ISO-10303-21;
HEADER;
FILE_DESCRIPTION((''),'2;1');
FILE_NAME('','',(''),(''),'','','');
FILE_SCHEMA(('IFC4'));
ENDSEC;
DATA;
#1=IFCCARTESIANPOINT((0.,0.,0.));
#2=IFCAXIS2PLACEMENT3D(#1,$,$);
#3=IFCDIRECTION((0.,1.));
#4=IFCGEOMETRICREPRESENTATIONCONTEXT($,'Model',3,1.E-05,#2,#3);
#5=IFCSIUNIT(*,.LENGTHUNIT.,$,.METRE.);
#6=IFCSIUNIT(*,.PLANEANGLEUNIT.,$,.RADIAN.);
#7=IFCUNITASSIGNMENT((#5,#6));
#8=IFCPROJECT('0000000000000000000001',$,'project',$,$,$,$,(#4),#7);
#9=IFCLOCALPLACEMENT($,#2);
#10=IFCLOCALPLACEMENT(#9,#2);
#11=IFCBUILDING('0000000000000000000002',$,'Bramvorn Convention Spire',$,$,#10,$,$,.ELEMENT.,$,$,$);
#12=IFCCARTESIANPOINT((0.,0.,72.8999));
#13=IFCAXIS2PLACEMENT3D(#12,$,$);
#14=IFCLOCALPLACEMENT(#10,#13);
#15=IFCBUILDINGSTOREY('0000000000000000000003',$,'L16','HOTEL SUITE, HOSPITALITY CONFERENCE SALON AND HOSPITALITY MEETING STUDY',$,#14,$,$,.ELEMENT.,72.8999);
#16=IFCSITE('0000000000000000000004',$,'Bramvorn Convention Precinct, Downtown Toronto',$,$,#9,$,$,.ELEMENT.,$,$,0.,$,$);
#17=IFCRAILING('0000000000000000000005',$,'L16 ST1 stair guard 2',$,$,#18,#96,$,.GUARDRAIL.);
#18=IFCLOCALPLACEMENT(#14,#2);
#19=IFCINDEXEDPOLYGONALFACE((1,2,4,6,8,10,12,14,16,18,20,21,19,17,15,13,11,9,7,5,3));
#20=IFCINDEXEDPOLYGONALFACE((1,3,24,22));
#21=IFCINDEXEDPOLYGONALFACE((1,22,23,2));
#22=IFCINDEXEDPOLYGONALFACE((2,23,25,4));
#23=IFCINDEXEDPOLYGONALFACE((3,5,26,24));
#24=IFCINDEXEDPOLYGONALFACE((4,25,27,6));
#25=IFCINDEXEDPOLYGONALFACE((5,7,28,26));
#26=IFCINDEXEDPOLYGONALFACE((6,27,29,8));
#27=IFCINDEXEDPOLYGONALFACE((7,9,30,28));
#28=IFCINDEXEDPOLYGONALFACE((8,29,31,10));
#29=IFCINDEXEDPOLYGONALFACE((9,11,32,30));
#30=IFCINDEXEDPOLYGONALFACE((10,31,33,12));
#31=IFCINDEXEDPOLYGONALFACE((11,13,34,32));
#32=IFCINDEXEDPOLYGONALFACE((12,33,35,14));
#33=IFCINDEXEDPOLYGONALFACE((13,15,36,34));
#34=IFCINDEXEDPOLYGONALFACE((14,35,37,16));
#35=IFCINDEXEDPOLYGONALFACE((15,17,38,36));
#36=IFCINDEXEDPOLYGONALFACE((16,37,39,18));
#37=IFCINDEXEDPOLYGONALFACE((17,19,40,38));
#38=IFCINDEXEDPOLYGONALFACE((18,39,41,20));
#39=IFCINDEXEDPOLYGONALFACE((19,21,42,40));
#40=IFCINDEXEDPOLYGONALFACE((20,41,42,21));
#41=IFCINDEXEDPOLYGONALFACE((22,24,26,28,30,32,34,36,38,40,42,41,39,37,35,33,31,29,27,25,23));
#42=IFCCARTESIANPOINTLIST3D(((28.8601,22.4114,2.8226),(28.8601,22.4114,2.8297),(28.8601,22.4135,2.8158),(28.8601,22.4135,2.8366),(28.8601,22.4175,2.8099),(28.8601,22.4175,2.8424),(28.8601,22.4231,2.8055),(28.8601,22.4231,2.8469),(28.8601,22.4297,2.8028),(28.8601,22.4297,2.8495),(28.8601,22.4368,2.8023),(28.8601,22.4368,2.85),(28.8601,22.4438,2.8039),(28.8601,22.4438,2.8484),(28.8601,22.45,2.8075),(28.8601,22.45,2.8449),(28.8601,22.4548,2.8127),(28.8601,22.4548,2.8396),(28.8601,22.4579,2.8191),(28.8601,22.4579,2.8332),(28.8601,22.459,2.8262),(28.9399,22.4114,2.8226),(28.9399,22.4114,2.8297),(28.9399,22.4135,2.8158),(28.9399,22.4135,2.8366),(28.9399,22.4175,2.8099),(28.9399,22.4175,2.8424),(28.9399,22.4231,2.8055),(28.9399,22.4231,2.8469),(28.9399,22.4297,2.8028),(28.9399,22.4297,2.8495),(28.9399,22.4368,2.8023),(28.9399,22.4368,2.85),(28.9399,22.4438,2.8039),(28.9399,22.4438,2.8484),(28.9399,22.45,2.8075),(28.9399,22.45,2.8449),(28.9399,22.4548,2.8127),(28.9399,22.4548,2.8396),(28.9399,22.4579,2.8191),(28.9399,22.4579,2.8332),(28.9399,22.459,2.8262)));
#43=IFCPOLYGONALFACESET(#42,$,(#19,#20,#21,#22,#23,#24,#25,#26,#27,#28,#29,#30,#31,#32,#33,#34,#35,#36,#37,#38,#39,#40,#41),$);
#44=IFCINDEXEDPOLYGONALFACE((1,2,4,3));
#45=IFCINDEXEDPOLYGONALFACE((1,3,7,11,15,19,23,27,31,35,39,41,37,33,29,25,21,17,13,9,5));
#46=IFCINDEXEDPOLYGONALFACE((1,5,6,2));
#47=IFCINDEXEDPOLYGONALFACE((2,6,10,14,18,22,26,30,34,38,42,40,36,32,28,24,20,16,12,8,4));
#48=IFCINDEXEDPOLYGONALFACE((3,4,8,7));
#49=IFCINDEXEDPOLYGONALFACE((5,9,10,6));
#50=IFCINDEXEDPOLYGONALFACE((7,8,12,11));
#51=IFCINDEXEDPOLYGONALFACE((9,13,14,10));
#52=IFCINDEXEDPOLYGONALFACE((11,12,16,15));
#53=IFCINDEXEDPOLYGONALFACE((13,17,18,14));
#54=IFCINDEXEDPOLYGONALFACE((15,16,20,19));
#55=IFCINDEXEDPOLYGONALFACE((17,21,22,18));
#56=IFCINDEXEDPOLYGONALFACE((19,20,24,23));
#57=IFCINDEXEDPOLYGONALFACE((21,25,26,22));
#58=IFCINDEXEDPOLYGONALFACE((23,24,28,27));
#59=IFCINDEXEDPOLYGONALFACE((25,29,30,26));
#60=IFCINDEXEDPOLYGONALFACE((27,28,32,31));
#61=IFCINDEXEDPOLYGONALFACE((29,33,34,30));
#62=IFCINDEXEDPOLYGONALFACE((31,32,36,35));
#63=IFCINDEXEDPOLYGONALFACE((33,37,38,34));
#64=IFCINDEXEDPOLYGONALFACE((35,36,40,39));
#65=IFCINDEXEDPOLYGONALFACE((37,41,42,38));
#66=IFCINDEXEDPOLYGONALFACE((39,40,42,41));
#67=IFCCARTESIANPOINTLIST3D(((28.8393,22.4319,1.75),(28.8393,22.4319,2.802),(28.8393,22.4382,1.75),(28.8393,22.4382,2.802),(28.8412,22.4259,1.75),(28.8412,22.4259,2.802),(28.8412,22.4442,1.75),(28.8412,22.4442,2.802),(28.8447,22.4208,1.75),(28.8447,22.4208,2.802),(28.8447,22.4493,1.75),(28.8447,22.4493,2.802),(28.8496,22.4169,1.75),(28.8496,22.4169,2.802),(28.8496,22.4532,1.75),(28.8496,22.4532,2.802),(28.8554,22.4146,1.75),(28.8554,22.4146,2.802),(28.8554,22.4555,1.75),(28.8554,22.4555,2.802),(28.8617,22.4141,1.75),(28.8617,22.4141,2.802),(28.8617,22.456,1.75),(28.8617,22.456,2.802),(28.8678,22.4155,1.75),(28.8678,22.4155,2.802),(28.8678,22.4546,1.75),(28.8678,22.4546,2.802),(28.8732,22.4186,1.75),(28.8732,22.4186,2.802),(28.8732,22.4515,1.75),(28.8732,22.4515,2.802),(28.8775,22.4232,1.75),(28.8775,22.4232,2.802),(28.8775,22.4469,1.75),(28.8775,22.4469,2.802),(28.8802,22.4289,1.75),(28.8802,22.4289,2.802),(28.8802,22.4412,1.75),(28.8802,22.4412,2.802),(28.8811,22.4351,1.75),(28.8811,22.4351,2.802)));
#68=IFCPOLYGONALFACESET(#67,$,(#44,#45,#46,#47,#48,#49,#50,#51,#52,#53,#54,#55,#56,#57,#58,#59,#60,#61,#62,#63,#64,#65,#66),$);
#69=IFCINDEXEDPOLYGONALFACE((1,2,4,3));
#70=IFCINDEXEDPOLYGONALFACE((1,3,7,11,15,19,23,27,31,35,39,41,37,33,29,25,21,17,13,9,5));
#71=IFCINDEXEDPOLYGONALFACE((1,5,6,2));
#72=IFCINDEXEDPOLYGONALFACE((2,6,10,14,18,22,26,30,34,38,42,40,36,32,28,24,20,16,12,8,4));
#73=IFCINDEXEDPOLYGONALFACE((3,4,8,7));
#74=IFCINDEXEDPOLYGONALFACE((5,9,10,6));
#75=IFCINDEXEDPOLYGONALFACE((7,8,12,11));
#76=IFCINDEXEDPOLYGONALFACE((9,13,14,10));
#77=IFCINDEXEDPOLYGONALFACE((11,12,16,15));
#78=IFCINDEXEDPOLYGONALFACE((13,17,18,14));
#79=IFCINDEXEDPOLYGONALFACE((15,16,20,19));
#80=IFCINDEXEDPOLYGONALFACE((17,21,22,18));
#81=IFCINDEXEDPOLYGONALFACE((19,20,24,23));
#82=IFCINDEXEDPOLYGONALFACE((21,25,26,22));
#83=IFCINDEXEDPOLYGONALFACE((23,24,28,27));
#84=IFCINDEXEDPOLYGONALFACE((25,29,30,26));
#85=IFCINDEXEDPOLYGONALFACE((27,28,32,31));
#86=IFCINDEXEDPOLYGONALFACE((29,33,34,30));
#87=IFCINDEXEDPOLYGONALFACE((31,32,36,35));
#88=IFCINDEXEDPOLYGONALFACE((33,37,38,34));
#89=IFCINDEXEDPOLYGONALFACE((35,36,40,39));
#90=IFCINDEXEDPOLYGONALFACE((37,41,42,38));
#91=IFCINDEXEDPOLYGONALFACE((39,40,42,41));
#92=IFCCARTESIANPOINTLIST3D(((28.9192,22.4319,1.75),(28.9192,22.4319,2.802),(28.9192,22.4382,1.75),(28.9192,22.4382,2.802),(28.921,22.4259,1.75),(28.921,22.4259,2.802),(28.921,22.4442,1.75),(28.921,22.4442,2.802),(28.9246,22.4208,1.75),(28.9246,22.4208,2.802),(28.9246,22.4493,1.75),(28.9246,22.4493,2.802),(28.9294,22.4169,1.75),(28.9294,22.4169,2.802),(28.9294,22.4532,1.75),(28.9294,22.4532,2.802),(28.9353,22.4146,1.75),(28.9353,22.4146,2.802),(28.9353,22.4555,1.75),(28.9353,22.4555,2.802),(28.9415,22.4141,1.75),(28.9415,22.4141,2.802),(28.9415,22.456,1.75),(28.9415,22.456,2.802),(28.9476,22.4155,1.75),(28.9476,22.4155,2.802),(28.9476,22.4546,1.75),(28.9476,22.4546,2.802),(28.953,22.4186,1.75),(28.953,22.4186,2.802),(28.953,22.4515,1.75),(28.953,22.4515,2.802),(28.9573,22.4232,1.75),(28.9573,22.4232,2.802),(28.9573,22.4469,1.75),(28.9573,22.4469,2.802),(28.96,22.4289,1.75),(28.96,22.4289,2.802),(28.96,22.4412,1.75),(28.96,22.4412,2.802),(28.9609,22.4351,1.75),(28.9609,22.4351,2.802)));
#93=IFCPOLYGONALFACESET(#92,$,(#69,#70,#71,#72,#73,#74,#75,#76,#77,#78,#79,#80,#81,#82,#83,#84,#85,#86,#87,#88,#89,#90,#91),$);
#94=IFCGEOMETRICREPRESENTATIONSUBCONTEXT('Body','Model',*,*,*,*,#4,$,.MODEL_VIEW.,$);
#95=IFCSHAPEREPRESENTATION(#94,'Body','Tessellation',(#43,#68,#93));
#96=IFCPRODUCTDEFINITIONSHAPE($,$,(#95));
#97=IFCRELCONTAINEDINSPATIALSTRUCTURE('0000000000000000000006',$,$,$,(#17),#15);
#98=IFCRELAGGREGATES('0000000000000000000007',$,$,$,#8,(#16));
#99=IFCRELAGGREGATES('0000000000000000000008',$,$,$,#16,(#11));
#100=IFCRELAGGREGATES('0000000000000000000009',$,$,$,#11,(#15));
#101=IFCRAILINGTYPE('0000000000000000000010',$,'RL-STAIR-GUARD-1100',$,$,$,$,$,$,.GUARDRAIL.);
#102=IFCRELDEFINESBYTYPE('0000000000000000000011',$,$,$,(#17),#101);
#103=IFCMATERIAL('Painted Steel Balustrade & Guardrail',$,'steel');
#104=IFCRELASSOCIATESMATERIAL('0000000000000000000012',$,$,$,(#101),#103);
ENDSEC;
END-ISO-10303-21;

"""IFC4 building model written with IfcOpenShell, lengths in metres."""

from ifc_helpers import new_model, si_unit, direction, frame, origin, origin_2d, place, context, subcontext, project, spatial, circle, extrude, material, type_object, element, save


model = new_model("IFC4")

# Units and contexts
model_context = context("Model", 3, precision=1e-05, world=origin(), true_north=direction((0.0, 1.0)))
body_context = subcontext(model_context, "Body", "Model", "MODEL_VIEW")
ifc_project = project(units=[si_unit("LENGTHUNIT", "METRE"), si_unit("PLANEANGLEUNIT", "RADIAN")], contexts=[model_context])

# Site, building, storey
site_placement = place(None, origin())
site = spatial("IfcSite", under=ifc_project, at=site_placement, Name="Bramvorn Convention Precinct, Downtown Toronto", CompositionType="ELEMENT", RefElevation=0.0)
building_placement = place(site_placement, origin())
building = spatial("IfcBuilding", under=site, at=building_placement, Name="Bramvorn Convention Spire", CompositionType="ELEMENT")
storey_placement = place(building_placement, frame((0.0, 0.0, 72.8999)))
storey = spatial("IfcBuildingStorey", under=building, at=storey_placement, Name="L16", Description="HOTEL SUITE, HOSPITALITY CONFERENCE SALON AND HOSPITALITY MEETING STUDY", CompositionType="ELEMENT", Elevation=72.8999)

# Railing
ifc_material_1 = material(Name="Painted Steel Balustrade & Guardrail", Category="steel")
railing_type_1 = type_object("IfcRailingType", Name="RL-STAIR-GUARD-1100", PredefinedType="GUARDRAIL", material=ifc_material_1)
railing_1_placement = place(storey_placement, frame((28.8601, 22.4351, 1.75)))
element("IfcRailing", 1, at=railing_1_placement, inside=storey, type_object=railing_type_1, Name="L16 ST1 stair guard 2", PredefinedType="GUARDRAIL", context=body_context, shape_type="SweptSolid", body=[
    extrude(circle(Radius=0.0239, at=origin_2d()), frame((0.0, 0.0, 1.0762), z_axis=(1.0, 0.0, 0.0), x_axis=(0.0, 1.0, 0.0)), (0.0, 0.0, 1.0), 0.0798),
    extrude(circle(Radius=0.021, at=origin_2d()), origin(), (0.0, 0.0, 1.0), 1.052),
    extrude(circle(Radius=0.021, at=origin_2d()), frame((0.0798, 0.0, 0.0)), (0.0, 0.0, 1.0), 1.052),
])

save(model, "model.ifc")
